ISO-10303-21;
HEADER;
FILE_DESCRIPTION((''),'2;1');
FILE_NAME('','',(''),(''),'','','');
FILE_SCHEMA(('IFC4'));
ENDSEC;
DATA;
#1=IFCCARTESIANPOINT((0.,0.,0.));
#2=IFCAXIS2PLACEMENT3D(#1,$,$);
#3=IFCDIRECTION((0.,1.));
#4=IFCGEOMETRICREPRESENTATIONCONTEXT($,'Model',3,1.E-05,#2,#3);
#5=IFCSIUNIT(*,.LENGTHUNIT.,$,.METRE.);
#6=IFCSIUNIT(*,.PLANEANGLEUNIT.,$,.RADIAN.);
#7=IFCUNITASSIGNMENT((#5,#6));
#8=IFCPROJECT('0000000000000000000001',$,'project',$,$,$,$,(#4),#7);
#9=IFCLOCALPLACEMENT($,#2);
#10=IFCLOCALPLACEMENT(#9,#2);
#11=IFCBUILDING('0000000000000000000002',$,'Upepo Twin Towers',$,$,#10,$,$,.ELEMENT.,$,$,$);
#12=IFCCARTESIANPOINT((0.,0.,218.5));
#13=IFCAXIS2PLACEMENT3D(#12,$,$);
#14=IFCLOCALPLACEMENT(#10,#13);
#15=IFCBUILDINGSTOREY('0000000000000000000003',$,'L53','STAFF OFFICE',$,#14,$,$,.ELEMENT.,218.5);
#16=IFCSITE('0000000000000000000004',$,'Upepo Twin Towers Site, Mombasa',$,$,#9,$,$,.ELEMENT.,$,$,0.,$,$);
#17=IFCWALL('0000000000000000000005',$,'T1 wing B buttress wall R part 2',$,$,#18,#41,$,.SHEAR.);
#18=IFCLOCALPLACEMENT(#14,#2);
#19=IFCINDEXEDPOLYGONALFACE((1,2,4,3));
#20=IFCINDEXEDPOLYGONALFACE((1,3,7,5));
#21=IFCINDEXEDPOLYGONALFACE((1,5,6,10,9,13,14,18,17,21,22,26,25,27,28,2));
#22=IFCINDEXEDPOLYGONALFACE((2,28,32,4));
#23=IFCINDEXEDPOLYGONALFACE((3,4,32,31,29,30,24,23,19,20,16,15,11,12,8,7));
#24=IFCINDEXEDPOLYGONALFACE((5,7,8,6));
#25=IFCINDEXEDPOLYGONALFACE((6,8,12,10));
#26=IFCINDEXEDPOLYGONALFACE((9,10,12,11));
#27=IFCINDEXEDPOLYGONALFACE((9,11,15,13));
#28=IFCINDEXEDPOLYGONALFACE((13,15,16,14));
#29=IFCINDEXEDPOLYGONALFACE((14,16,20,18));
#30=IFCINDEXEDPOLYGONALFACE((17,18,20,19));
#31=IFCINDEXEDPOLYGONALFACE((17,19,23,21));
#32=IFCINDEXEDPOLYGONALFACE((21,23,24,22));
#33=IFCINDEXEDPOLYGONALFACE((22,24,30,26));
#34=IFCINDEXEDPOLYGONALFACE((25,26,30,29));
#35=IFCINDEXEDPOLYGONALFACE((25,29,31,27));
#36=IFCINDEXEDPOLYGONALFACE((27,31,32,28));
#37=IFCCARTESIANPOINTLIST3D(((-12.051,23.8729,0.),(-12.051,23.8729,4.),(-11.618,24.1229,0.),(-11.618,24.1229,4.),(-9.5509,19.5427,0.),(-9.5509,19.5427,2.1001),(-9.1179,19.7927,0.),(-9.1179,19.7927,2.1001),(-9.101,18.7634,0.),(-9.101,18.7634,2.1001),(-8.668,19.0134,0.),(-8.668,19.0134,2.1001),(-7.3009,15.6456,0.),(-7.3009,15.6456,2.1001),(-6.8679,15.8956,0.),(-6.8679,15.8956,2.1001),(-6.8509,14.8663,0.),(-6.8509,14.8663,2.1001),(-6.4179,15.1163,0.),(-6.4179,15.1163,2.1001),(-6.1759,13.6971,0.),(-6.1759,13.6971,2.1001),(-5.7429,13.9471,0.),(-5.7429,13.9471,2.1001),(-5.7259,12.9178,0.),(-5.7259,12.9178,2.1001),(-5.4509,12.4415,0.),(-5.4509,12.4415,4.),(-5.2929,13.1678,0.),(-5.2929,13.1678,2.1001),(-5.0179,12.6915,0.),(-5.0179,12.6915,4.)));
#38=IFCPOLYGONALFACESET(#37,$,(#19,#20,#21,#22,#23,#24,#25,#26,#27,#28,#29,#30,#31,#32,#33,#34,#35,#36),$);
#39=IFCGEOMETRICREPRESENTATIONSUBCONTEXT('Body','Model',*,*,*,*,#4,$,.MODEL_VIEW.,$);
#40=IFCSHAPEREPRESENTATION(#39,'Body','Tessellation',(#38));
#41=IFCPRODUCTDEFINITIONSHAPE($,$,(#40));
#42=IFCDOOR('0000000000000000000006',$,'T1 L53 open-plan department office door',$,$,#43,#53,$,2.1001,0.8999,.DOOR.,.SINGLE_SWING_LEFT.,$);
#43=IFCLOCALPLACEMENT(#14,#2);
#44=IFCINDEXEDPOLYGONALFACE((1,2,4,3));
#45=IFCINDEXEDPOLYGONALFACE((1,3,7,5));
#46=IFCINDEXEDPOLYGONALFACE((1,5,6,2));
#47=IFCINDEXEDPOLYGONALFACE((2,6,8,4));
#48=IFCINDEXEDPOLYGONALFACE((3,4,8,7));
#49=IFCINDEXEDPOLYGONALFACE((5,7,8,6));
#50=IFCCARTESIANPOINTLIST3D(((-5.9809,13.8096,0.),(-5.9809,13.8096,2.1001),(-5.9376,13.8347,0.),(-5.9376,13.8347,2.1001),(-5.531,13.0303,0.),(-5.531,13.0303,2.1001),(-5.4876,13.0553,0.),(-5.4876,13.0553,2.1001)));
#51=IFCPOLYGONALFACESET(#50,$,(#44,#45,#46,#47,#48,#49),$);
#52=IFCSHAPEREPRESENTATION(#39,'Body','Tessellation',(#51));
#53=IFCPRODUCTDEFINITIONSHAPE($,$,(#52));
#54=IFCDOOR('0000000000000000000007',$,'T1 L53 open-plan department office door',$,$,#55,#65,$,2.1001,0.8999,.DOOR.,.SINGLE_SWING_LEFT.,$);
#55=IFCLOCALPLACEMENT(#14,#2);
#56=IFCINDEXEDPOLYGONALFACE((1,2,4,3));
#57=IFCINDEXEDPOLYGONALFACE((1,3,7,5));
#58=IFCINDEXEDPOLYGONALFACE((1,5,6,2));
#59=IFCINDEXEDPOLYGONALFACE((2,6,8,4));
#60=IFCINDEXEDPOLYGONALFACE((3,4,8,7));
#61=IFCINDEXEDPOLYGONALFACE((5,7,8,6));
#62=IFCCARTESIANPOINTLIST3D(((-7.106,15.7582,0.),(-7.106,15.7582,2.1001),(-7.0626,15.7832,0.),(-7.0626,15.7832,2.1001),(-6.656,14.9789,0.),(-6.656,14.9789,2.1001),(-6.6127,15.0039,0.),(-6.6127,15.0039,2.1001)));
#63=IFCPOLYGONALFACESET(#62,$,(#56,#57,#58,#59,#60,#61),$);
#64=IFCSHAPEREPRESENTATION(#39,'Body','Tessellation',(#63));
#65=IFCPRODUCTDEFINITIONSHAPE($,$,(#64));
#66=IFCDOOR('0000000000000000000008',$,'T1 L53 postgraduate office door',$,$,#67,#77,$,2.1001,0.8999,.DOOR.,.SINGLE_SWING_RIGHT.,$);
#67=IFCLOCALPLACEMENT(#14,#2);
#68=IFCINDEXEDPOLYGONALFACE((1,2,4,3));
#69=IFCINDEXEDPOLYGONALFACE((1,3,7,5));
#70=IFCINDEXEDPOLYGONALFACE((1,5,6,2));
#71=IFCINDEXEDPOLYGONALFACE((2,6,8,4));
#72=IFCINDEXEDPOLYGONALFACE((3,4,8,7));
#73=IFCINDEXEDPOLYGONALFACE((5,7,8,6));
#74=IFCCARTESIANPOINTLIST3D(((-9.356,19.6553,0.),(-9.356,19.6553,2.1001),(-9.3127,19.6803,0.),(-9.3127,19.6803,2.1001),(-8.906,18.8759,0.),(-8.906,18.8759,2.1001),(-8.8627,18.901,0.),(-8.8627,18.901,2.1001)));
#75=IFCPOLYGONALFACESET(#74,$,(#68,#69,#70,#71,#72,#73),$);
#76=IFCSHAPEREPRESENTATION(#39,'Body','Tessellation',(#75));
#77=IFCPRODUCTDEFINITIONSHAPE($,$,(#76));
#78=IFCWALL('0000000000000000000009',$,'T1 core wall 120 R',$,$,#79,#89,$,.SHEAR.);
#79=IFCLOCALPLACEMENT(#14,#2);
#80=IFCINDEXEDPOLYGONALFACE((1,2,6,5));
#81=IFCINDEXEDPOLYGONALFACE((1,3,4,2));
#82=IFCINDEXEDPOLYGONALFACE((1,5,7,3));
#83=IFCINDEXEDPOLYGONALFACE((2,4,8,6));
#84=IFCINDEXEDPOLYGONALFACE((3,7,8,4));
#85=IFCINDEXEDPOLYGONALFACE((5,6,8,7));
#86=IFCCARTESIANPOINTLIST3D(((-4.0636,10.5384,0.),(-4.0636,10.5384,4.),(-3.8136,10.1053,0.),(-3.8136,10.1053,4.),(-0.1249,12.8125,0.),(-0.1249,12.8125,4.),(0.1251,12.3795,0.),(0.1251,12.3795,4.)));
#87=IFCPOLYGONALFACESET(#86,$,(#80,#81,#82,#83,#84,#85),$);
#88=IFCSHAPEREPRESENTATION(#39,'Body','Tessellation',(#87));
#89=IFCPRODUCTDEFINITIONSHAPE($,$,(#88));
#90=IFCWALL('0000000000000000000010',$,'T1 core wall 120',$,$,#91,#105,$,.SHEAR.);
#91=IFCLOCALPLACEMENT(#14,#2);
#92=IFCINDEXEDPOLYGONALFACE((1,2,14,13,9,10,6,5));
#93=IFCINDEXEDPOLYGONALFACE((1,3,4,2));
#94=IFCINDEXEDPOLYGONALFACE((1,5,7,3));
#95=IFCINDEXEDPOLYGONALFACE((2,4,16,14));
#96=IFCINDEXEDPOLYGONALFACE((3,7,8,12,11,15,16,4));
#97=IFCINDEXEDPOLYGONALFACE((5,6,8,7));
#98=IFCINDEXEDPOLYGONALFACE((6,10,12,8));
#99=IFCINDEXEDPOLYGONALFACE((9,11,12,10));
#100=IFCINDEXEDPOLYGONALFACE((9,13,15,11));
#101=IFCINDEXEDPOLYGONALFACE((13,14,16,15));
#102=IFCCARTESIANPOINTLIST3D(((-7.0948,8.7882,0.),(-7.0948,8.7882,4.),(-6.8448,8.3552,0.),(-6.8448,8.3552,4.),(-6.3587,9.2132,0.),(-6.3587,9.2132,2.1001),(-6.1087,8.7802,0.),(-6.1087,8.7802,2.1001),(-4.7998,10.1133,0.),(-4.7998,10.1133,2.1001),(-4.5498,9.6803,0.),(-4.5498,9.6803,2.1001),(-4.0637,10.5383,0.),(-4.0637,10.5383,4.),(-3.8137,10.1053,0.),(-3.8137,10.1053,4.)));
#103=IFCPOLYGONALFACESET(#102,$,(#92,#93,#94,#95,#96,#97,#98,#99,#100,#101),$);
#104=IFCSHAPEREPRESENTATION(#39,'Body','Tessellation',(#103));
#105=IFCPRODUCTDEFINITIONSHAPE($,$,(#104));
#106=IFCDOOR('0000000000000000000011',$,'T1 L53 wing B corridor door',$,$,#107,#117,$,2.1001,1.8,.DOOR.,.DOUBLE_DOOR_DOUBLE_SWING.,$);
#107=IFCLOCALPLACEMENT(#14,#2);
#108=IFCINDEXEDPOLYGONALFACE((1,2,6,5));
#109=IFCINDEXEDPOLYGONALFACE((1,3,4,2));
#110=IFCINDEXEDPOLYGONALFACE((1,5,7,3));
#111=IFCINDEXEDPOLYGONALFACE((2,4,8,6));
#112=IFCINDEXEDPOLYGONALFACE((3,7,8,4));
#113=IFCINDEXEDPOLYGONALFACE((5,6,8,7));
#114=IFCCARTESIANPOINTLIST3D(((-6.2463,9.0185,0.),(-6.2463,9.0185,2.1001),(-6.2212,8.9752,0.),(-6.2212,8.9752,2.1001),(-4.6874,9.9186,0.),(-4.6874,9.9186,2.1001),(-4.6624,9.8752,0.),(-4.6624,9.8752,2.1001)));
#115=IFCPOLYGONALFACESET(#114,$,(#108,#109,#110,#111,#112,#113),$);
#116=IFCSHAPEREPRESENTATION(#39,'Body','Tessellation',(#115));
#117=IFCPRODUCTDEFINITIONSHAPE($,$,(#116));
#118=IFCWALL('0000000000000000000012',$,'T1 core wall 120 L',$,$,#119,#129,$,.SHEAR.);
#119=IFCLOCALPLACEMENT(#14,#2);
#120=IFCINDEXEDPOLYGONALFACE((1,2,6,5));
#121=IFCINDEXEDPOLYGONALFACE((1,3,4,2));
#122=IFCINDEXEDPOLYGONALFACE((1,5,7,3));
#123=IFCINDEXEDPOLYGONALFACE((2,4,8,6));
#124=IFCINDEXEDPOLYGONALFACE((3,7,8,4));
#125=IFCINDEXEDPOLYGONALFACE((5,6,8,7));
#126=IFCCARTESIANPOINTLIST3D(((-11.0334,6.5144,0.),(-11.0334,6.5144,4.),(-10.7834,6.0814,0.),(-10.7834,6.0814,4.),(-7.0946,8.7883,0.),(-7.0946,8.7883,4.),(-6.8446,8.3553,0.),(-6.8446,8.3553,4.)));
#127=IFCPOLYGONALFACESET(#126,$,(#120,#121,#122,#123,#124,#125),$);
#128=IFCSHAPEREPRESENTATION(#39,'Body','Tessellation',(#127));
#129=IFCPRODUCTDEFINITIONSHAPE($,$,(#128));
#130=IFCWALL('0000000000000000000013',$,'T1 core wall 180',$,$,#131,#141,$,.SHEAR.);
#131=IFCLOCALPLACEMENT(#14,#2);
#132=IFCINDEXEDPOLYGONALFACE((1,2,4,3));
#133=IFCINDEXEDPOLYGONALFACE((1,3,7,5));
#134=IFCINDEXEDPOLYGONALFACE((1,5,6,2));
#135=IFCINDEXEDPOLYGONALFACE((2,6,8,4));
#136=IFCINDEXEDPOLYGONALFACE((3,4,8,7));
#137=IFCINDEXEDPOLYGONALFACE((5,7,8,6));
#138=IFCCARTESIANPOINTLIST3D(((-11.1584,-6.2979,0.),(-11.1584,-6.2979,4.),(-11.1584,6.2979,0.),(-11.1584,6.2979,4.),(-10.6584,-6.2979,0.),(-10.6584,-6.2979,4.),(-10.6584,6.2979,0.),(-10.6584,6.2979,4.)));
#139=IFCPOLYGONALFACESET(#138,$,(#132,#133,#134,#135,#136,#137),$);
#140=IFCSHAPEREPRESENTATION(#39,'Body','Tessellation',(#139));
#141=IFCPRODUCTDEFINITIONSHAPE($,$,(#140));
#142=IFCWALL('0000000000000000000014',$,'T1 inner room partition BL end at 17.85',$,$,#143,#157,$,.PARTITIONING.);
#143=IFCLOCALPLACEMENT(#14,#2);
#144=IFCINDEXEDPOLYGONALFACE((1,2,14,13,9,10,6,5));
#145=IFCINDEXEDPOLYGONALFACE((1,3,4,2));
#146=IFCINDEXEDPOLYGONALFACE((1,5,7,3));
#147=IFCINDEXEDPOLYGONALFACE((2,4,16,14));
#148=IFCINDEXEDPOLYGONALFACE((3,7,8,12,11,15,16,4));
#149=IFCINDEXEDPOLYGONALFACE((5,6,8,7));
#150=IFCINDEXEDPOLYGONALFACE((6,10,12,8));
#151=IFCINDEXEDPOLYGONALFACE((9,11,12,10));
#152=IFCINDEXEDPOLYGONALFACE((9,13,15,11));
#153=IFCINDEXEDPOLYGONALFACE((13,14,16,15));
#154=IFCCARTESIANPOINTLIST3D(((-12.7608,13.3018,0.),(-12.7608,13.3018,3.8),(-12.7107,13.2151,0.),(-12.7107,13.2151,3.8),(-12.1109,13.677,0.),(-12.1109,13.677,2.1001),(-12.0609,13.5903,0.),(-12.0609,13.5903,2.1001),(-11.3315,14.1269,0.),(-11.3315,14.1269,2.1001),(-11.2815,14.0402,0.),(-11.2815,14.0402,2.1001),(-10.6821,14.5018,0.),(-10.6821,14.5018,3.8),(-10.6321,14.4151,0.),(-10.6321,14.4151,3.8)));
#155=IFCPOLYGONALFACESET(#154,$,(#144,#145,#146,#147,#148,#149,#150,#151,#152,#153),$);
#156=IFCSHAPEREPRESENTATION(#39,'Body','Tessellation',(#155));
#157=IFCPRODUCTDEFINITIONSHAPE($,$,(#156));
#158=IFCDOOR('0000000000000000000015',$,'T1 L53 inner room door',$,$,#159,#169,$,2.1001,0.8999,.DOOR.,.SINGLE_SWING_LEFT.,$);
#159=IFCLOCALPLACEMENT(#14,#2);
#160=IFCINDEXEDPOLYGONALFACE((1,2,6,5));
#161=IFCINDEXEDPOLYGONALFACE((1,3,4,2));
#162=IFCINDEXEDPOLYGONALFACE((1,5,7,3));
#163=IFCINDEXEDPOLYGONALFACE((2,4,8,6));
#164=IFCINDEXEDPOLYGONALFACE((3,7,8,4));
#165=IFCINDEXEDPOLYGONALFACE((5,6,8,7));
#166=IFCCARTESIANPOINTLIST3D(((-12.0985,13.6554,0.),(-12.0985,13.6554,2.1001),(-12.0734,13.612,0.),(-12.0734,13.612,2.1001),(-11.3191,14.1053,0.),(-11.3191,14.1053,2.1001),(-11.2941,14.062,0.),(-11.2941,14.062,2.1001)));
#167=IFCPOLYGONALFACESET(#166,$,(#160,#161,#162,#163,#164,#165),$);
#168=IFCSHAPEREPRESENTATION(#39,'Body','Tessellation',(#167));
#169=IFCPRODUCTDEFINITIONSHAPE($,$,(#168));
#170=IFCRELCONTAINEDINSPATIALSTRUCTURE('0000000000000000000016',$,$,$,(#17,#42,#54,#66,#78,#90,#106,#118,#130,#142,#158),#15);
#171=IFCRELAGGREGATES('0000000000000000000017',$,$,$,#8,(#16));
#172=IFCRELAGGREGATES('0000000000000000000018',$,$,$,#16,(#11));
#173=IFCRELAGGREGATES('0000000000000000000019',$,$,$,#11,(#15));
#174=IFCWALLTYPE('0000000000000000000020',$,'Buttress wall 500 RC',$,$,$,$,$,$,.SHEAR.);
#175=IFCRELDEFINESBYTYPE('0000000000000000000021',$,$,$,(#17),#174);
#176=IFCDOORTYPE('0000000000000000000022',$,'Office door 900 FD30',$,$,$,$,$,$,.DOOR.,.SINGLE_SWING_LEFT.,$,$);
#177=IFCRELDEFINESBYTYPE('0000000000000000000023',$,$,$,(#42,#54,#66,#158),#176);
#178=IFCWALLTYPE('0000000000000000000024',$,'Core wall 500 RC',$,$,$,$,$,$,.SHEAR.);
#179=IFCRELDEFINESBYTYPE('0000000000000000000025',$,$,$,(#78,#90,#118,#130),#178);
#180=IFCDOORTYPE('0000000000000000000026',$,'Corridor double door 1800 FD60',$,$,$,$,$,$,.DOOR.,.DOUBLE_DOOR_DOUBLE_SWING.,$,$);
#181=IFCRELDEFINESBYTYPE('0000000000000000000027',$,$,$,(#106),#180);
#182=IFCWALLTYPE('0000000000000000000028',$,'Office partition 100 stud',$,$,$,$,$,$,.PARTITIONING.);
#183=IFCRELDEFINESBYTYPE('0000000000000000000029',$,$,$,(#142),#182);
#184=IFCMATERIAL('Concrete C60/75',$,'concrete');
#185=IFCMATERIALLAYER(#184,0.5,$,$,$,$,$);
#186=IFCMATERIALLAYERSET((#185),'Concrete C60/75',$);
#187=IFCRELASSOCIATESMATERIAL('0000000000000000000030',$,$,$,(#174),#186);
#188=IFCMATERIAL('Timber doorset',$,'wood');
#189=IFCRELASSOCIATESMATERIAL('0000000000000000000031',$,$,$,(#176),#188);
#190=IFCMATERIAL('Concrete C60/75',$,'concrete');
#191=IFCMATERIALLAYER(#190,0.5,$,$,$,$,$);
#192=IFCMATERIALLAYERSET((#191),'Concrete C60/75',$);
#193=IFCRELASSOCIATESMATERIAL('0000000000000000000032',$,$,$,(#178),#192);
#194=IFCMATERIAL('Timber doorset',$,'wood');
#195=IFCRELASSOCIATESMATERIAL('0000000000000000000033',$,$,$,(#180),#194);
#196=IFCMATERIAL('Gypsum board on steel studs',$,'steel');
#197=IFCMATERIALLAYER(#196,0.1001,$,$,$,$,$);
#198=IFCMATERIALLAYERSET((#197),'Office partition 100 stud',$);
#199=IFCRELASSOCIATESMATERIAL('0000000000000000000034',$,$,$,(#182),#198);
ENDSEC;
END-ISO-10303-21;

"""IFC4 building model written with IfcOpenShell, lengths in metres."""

from ifc_helpers import new_model, si_unit, direction, frame, frame_2d, origin, place, context, subcontext, project, spatial, rectangle, extrude, material, layer, layer_set, type_object, element, fill, save


model = new_model("IFC4")

# Units and contexts
model_context = context("Model", 3, precision=1e-05, world=origin(), true_north=direction((0.0, 1.0)))
body_context = subcontext(model_context, "Body", "Model", "MODEL_VIEW")
ifc_project = project(units=[si_unit("LENGTHUNIT", "METRE"), si_unit("PLANEANGLEUNIT", "RADIAN")], contexts=[model_context])

# Site, building, storey
site_placement = place(None, origin())
site = spatial("IfcSite", under=ifc_project, at=site_placement, Name="Upepo Twin Towers Site, Mombasa", CompositionType="ELEMENT", RefElevation=0.0)
building_placement = place(site_placement, origin())
building = spatial("IfcBuilding", under=site, at=building_placement, Name="Upepo Twin Towers", CompositionType="ELEMENT")
storey_placement = place(building_placement, frame((0.0, 0.0, 218.5)))
storey = spatial("IfcBuildingStorey", under=building, at=storey_placement, Name="L53", Description="STAFF OFFICE", CompositionType="ELEMENT", Elevation=218.5)

# Wall, openings, doors
ifc_material_1 = material(Name="Concrete C60/75", Category="concrete")
ifc_layer_1 = layer(ifc_material_1, 0.5)
ifc_layer_set_1 = layer_set([ifc_layer_1], Name="Concrete C60/75")
wall_type_1 = type_object("IfcWallType", Name="Buttress wall 500 RC", PredefinedType="SHEAR", material=ifc_layer_set_1)
ifc_material_2 = material(Name="Timber doorset", Category="wood")
door_type_1 = type_object("IfcDoorType", Name="Office door 900 FD30", OperationType="SINGLE_SWING_LEFT", PredefinedType="DOOR", material=ifc_material_2)
wall_1_placement = place(storey_placement, frame((-5.2344, 12.5664, 0.0), z_axis=(0.0, 0.0, 1.0), x_axis=(-0.50001, 0.86602, 0.0)))
wall_1 = element("IfcWall", 1, at=wall_1_placement, inside=storey, type_object=wall_type_1, Name="T1 wing B buttress wall R part 2", PredefinedType="SHEAR", context=body_context, shape_type="SweptSolid", body=[
    extrude(rectangle(XDim=13.2, YDim=0.5, at=frame_2d((6.6001, 0.0))), origin(), (0.0, 0.0, 1.0), 4.0),
])
opening_1_placement = place(wall_1_placement, frame((0.55, 0.0, 0.0)))
opening_1 = element("IfcOpeningElement", 2, at=opening_1_placement, cuts=wall_1, PredefinedType="OPENING", context=body_context, shape_type="SweptSolid", body=[
    extrude(rectangle(XDim=0.8999, YDim=2.1001, at=frame_2d((0.45, 1.05))), frame((0.0, 0.26, 0.0), z_axis=(0.0, -1.0, 0.0), x_axis=(1.0, 0.0, 0.0)), (0.0, 0.0, 1.0), 0.52),
])
opening_2_placement = place(wall_1_placement, frame((2.8, 0.0, 0.0)))
opening_2 = element("IfcOpeningElement", 3, at=opening_2_placement, cuts=wall_1, PredefinedType="OPENING", context=body_context, shape_type="SweptSolid", body=[
    extrude(rectangle(XDim=0.8999, YDim=2.1001, at=frame_2d((0.45, 1.05))), frame((0.0, 0.26, 0.0), z_axis=(0.0, -1.0, 0.0), x_axis=(1.0, 0.0, 0.0)), (0.0, 0.0, 1.0), 0.52),
])
opening_3_placement = place(wall_1_placement, frame((7.3, 0.0, 0.0)))
opening_3 = element("IfcOpeningElement", 4, at=opening_3_placement, cuts=wall_1, PredefinedType="OPENING", context=body_context, shape_type="SweptSolid", body=[
    extrude(rectangle(XDim=0.8999, YDim=2.1001, at=frame_2d((0.45, 1.05))), frame((0.0, 0.26, 0.0), z_axis=(0.0, -1.0, 0.0), x_axis=(1.0, 0.0, 0.0)), (0.0, 0.0, 1.0), 0.52),
])
door_1_placement = place(opening_1_placement, origin())
door_1 = element("IfcDoor", 5, at=door_1_placement, inside=storey, type_object=door_type_1, Name="T1 L53 open-plan department office door", OperationType="SINGLE_SWING_LEFT", OverallHeight=2.1001, OverallWidth=0.8999, PredefinedType="DOOR", context=body_context, shape_type="SweptSolid", body=[
    extrude(rectangle(XDim=0.8999, YDim=2.1001, at=frame_2d((0.45, 1.05))), frame((0.0, 0.0249, 0.0), z_axis=(0.0, -1.0, 0.0), x_axis=(1.0, 0.0, 0.0)), (0.0, 0.0, 1.0), 0.05),
])
fill(opening_1, door_1)
door_2_placement = place(opening_2_placement, origin())
door_2 = element("IfcDoor", 6, at=door_2_placement, inside=storey, type_object=door_type_1, Name="T1 L53 open-plan department office door", OperationType="SINGLE_SWING_LEFT", OverallHeight=2.1001, OverallWidth=0.8999, PredefinedType="DOOR", context=body_context, shape_type="SweptSolid", body=[
    extrude(rectangle(XDim=0.8999, YDim=2.1001, at=frame_2d((0.45, 1.05))), frame((0.0, 0.0249, 0.0), z_axis=(0.0, -1.0, 0.0), x_axis=(1.0, 0.0, 0.0)), (0.0, 0.0, 1.0), 0.05),
])
fill(opening_2, door_2)
door_3_placement = place(opening_3_placement, origin())
door_3 = element("IfcDoor", 7, at=door_3_placement, inside=storey, type_object=door_type_1, Name="T1 L53 postgraduate office door", OperationType="SINGLE_SWING_RIGHT", OverallHeight=2.1001, OverallWidth=0.8999, PredefinedType="DOOR", context=body_context, shape_type="SweptSolid", body=[
    extrude(rectangle(XDim=0.8999, YDim=2.1001, at=frame_2d((0.45, 1.05))), frame((0.0, 0.0249, 0.0), z_axis=(0.0, -1.0, 0.0), x_axis=(1.0, 0.0, 0.0)), (0.0, 0.0, 1.0), 0.05),
])
fill(opening_3, door_3)

# Wall
ifc_material_3 = material(Name="Concrete C60/75", Category="concrete")
ifc_layer_2 = layer(ifc_material_3, 0.5)
ifc_layer_set_2 = layer_set([ifc_layer_2], Name="Concrete C60/75")
wall_type_2 = type_object("IfcWallType", Name="Core wall 500 RC", PredefinedType="SHEAR", material=ifc_layer_set_2)
wall_2_placement = place(storey_placement, frame((0.0, 12.5959, 0.0), z_axis=(0.0, 0.0, 1.0), x_axis=(-0.866011, -0.500024, 0.0)))
element("IfcWall", 8, at=wall_2_placement, inside=storey, type_object=wall_type_2, Name="T1 core wall 120 R", PredefinedType="SHEAR", context=body_context, shape_type="SweptSolid", body=[
    extrude(rectangle(XDim=4.5481, YDim=0.5, at=frame_2d((2.2739, 0.0))), origin(), (0.0, 0.0, 1.0), 4.0),
])

# Wall, opening, door
wall_3_placement = place(storey_placement, frame((-3.9387, 10.3218, 0.0), z_axis=(0.0, 0.0, 1.0), x_axis=(-0.866019, -0.50001, 0.0)))
wall_3 = element("IfcWall", 9, at=wall_3_placement, inside=storey, type_object=wall_type_2, Name="T1 core wall 120", PredefinedType="SHEAR", context=body_context, shape_type="SweptSolid", body=[
    extrude(rectangle(XDim=3.5, YDim=0.5, at=frame_2d((1.75, 0.0))), origin(), (0.0, 0.0, 1.0), 4.0),
])
opening_4_placement = place(wall_3_placement, frame((0.8501, 0.0, 0.0)))
opening_4 = element("IfcOpeningElement", 10, at=opening_4_placement, cuts=wall_3, PredefinedType="OPENING", context=body_context, shape_type="SweptSolid", body=[
    extrude(rectangle(XDim=1.8, YDim=2.1001, at=frame_2d((0.8999, 1.05))), frame((0.0, 0.26, 0.0), z_axis=(0.0, -1.0, 0.0), x_axis=(1.0, 0.0, 0.0)), (0.0, 0.0, 1.0), 0.52),
])
ifc_material_4 = material(Name="Timber doorset", Category="wood")
door_type_2 = type_object("IfcDoorType", Name="Corridor double door 1800 FD60", OperationType="DOUBLE_DOOR_DOUBLE_SWING", PredefinedType="DOOR", material=ifc_material_4)
door_4_placement = place(opening_4_placement, origin())
door_4 = element("IfcDoor", 11, at=door_4_placement, inside=storey, type_object=door_type_2, Name="T1 L53 wing B corridor door", OperationType="DOUBLE_DOOR_DOUBLE_SWING", OverallHeight=2.1001, OverallWidth=1.8, PredefinedType="DOOR", context=body_context, shape_type="SweptSolid", body=[
    extrude(rectangle(XDim=1.8, YDim=2.1001, at=frame_2d((0.8999, 1.05))), frame((0.0, 0.0249, 0.0), z_axis=(0.0, -1.0, 0.0), x_axis=(1.0, 0.0, 0.0)), (0.0, 0.0, 1.0), 0.05),
])
fill(opening_4, door_4)

# Walls
wall_4_placement = place(storey_placement, frame((-6.9697, 8.5718, 0.0), z_axis=(0.0, 0.0, 1.0), x_axis=(-0.866035, -0.499984, 0.0)))
element("IfcWall", 12, at=wall_4_placement, inside=storey, type_object=wall_type_2, Name="T1 core wall 120 L", PredefinedType="SHEAR", context=body_context, shape_type="SweptSolid", body=[
    extrude(rectangle(XDim=4.5481, YDim=0.5, at=frame_2d((2.2739, 0.0))), origin(), (0.0, 0.0, 1.0), 4.0),
])
wall_5_placement = place(storey_placement, frame((-10.9084, 6.2979, 0.0), z_axis=(0.0, 0.0, 1.0), x_axis=(0.0, -1.0, 0.0)))
element("IfcWall", 13, at=wall_5_placement, inside=storey, type_object=wall_type_2, Name="T1 core wall 180", PredefinedType="SHEAR", context=body_context, shape_type="SweptSolid", body=[
    extrude(rectangle(XDim=12.5957, YDim=0.5, at=frame_2d((6.2979, 0.0))), origin(), (0.0, 0.0, 1.0), 4.0),
])

# Wall, opening, door
ifc_material_5 = material(Name="Gypsum board on steel studs", Category="steel")
ifc_layer_3 = layer(ifc_material_5, 0.1001)
ifc_layer_set_3 = layer_set([ifc_layer_3], Name="Office partition 100 stud")
wall_type_3 = type_object("IfcWallType", Name="Office partition 100 stud", PredefinedType="PARTITIONING", material=ifc_layer_set_3)
wall_6_placement = place(storey_placement, frame((-10.657, 14.4585, 0.0), z_axis=(0.0, 0.0, 1.0), x_axis=(-0.86605, -0.499957, 0.0)))
wall_6 = element("IfcWall", 14, at=wall_6_placement, inside=storey, type_object=wall_type_3, Name="T1 inner room partition BL end at 17.85", PredefinedType="PARTITIONING", context=body_context, shape_type="SweptSolid", body=[
    extrude(rectangle(XDim=2.4001, YDim=0.1001, at=frame_2d((1.2002, 0.0))), origin(), (0.0, 0.0, 1.0), 3.8),
])
opening_5_placement = place(wall_6_placement, frame((0.75, 0.0, 0.0)))
opening_5 = element("IfcOpeningElement", 15, at=opening_5_placement, cuts=wall_6, PredefinedType="OPENING", context=body_context, shape_type="SweptSolid", body=[
    extrude(rectangle(XDim=0.8999, YDim=2.1001, at=frame_2d((0.45, 1.05))), frame((0.0, 0.0601, 0.0), z_axis=(0.0, -1.0, 0.0), x_axis=(1.0, 0.0, 0.0)), (0.0, 0.0, 1.0), 0.1201),
])
door_5_placement = place(opening_5_placement, origin())
door_5 = element("IfcDoor", 16, at=door_5_placement, inside=storey, type_object=door_type_1, Name="T1 L53 inner room door", OperationType="SINGLE_SWING_LEFT", OverallHeight=2.1001, OverallWidth=0.8999, PredefinedType="DOOR", context=body_context, shape_type="SweptSolid", body=[
    extrude(rectangle(XDim=0.8999, YDim=2.1001, at=frame_2d((0.45, 1.05))), frame((0.0, 0.0249, 0.0), z_axis=(0.0, -1.0, 0.0), x_axis=(1.0, 0.0, 0.0)), (0.0, 0.0, 1.0), 0.05),
])
fill(opening_5, door_5)

save(model, "model.ifc")
